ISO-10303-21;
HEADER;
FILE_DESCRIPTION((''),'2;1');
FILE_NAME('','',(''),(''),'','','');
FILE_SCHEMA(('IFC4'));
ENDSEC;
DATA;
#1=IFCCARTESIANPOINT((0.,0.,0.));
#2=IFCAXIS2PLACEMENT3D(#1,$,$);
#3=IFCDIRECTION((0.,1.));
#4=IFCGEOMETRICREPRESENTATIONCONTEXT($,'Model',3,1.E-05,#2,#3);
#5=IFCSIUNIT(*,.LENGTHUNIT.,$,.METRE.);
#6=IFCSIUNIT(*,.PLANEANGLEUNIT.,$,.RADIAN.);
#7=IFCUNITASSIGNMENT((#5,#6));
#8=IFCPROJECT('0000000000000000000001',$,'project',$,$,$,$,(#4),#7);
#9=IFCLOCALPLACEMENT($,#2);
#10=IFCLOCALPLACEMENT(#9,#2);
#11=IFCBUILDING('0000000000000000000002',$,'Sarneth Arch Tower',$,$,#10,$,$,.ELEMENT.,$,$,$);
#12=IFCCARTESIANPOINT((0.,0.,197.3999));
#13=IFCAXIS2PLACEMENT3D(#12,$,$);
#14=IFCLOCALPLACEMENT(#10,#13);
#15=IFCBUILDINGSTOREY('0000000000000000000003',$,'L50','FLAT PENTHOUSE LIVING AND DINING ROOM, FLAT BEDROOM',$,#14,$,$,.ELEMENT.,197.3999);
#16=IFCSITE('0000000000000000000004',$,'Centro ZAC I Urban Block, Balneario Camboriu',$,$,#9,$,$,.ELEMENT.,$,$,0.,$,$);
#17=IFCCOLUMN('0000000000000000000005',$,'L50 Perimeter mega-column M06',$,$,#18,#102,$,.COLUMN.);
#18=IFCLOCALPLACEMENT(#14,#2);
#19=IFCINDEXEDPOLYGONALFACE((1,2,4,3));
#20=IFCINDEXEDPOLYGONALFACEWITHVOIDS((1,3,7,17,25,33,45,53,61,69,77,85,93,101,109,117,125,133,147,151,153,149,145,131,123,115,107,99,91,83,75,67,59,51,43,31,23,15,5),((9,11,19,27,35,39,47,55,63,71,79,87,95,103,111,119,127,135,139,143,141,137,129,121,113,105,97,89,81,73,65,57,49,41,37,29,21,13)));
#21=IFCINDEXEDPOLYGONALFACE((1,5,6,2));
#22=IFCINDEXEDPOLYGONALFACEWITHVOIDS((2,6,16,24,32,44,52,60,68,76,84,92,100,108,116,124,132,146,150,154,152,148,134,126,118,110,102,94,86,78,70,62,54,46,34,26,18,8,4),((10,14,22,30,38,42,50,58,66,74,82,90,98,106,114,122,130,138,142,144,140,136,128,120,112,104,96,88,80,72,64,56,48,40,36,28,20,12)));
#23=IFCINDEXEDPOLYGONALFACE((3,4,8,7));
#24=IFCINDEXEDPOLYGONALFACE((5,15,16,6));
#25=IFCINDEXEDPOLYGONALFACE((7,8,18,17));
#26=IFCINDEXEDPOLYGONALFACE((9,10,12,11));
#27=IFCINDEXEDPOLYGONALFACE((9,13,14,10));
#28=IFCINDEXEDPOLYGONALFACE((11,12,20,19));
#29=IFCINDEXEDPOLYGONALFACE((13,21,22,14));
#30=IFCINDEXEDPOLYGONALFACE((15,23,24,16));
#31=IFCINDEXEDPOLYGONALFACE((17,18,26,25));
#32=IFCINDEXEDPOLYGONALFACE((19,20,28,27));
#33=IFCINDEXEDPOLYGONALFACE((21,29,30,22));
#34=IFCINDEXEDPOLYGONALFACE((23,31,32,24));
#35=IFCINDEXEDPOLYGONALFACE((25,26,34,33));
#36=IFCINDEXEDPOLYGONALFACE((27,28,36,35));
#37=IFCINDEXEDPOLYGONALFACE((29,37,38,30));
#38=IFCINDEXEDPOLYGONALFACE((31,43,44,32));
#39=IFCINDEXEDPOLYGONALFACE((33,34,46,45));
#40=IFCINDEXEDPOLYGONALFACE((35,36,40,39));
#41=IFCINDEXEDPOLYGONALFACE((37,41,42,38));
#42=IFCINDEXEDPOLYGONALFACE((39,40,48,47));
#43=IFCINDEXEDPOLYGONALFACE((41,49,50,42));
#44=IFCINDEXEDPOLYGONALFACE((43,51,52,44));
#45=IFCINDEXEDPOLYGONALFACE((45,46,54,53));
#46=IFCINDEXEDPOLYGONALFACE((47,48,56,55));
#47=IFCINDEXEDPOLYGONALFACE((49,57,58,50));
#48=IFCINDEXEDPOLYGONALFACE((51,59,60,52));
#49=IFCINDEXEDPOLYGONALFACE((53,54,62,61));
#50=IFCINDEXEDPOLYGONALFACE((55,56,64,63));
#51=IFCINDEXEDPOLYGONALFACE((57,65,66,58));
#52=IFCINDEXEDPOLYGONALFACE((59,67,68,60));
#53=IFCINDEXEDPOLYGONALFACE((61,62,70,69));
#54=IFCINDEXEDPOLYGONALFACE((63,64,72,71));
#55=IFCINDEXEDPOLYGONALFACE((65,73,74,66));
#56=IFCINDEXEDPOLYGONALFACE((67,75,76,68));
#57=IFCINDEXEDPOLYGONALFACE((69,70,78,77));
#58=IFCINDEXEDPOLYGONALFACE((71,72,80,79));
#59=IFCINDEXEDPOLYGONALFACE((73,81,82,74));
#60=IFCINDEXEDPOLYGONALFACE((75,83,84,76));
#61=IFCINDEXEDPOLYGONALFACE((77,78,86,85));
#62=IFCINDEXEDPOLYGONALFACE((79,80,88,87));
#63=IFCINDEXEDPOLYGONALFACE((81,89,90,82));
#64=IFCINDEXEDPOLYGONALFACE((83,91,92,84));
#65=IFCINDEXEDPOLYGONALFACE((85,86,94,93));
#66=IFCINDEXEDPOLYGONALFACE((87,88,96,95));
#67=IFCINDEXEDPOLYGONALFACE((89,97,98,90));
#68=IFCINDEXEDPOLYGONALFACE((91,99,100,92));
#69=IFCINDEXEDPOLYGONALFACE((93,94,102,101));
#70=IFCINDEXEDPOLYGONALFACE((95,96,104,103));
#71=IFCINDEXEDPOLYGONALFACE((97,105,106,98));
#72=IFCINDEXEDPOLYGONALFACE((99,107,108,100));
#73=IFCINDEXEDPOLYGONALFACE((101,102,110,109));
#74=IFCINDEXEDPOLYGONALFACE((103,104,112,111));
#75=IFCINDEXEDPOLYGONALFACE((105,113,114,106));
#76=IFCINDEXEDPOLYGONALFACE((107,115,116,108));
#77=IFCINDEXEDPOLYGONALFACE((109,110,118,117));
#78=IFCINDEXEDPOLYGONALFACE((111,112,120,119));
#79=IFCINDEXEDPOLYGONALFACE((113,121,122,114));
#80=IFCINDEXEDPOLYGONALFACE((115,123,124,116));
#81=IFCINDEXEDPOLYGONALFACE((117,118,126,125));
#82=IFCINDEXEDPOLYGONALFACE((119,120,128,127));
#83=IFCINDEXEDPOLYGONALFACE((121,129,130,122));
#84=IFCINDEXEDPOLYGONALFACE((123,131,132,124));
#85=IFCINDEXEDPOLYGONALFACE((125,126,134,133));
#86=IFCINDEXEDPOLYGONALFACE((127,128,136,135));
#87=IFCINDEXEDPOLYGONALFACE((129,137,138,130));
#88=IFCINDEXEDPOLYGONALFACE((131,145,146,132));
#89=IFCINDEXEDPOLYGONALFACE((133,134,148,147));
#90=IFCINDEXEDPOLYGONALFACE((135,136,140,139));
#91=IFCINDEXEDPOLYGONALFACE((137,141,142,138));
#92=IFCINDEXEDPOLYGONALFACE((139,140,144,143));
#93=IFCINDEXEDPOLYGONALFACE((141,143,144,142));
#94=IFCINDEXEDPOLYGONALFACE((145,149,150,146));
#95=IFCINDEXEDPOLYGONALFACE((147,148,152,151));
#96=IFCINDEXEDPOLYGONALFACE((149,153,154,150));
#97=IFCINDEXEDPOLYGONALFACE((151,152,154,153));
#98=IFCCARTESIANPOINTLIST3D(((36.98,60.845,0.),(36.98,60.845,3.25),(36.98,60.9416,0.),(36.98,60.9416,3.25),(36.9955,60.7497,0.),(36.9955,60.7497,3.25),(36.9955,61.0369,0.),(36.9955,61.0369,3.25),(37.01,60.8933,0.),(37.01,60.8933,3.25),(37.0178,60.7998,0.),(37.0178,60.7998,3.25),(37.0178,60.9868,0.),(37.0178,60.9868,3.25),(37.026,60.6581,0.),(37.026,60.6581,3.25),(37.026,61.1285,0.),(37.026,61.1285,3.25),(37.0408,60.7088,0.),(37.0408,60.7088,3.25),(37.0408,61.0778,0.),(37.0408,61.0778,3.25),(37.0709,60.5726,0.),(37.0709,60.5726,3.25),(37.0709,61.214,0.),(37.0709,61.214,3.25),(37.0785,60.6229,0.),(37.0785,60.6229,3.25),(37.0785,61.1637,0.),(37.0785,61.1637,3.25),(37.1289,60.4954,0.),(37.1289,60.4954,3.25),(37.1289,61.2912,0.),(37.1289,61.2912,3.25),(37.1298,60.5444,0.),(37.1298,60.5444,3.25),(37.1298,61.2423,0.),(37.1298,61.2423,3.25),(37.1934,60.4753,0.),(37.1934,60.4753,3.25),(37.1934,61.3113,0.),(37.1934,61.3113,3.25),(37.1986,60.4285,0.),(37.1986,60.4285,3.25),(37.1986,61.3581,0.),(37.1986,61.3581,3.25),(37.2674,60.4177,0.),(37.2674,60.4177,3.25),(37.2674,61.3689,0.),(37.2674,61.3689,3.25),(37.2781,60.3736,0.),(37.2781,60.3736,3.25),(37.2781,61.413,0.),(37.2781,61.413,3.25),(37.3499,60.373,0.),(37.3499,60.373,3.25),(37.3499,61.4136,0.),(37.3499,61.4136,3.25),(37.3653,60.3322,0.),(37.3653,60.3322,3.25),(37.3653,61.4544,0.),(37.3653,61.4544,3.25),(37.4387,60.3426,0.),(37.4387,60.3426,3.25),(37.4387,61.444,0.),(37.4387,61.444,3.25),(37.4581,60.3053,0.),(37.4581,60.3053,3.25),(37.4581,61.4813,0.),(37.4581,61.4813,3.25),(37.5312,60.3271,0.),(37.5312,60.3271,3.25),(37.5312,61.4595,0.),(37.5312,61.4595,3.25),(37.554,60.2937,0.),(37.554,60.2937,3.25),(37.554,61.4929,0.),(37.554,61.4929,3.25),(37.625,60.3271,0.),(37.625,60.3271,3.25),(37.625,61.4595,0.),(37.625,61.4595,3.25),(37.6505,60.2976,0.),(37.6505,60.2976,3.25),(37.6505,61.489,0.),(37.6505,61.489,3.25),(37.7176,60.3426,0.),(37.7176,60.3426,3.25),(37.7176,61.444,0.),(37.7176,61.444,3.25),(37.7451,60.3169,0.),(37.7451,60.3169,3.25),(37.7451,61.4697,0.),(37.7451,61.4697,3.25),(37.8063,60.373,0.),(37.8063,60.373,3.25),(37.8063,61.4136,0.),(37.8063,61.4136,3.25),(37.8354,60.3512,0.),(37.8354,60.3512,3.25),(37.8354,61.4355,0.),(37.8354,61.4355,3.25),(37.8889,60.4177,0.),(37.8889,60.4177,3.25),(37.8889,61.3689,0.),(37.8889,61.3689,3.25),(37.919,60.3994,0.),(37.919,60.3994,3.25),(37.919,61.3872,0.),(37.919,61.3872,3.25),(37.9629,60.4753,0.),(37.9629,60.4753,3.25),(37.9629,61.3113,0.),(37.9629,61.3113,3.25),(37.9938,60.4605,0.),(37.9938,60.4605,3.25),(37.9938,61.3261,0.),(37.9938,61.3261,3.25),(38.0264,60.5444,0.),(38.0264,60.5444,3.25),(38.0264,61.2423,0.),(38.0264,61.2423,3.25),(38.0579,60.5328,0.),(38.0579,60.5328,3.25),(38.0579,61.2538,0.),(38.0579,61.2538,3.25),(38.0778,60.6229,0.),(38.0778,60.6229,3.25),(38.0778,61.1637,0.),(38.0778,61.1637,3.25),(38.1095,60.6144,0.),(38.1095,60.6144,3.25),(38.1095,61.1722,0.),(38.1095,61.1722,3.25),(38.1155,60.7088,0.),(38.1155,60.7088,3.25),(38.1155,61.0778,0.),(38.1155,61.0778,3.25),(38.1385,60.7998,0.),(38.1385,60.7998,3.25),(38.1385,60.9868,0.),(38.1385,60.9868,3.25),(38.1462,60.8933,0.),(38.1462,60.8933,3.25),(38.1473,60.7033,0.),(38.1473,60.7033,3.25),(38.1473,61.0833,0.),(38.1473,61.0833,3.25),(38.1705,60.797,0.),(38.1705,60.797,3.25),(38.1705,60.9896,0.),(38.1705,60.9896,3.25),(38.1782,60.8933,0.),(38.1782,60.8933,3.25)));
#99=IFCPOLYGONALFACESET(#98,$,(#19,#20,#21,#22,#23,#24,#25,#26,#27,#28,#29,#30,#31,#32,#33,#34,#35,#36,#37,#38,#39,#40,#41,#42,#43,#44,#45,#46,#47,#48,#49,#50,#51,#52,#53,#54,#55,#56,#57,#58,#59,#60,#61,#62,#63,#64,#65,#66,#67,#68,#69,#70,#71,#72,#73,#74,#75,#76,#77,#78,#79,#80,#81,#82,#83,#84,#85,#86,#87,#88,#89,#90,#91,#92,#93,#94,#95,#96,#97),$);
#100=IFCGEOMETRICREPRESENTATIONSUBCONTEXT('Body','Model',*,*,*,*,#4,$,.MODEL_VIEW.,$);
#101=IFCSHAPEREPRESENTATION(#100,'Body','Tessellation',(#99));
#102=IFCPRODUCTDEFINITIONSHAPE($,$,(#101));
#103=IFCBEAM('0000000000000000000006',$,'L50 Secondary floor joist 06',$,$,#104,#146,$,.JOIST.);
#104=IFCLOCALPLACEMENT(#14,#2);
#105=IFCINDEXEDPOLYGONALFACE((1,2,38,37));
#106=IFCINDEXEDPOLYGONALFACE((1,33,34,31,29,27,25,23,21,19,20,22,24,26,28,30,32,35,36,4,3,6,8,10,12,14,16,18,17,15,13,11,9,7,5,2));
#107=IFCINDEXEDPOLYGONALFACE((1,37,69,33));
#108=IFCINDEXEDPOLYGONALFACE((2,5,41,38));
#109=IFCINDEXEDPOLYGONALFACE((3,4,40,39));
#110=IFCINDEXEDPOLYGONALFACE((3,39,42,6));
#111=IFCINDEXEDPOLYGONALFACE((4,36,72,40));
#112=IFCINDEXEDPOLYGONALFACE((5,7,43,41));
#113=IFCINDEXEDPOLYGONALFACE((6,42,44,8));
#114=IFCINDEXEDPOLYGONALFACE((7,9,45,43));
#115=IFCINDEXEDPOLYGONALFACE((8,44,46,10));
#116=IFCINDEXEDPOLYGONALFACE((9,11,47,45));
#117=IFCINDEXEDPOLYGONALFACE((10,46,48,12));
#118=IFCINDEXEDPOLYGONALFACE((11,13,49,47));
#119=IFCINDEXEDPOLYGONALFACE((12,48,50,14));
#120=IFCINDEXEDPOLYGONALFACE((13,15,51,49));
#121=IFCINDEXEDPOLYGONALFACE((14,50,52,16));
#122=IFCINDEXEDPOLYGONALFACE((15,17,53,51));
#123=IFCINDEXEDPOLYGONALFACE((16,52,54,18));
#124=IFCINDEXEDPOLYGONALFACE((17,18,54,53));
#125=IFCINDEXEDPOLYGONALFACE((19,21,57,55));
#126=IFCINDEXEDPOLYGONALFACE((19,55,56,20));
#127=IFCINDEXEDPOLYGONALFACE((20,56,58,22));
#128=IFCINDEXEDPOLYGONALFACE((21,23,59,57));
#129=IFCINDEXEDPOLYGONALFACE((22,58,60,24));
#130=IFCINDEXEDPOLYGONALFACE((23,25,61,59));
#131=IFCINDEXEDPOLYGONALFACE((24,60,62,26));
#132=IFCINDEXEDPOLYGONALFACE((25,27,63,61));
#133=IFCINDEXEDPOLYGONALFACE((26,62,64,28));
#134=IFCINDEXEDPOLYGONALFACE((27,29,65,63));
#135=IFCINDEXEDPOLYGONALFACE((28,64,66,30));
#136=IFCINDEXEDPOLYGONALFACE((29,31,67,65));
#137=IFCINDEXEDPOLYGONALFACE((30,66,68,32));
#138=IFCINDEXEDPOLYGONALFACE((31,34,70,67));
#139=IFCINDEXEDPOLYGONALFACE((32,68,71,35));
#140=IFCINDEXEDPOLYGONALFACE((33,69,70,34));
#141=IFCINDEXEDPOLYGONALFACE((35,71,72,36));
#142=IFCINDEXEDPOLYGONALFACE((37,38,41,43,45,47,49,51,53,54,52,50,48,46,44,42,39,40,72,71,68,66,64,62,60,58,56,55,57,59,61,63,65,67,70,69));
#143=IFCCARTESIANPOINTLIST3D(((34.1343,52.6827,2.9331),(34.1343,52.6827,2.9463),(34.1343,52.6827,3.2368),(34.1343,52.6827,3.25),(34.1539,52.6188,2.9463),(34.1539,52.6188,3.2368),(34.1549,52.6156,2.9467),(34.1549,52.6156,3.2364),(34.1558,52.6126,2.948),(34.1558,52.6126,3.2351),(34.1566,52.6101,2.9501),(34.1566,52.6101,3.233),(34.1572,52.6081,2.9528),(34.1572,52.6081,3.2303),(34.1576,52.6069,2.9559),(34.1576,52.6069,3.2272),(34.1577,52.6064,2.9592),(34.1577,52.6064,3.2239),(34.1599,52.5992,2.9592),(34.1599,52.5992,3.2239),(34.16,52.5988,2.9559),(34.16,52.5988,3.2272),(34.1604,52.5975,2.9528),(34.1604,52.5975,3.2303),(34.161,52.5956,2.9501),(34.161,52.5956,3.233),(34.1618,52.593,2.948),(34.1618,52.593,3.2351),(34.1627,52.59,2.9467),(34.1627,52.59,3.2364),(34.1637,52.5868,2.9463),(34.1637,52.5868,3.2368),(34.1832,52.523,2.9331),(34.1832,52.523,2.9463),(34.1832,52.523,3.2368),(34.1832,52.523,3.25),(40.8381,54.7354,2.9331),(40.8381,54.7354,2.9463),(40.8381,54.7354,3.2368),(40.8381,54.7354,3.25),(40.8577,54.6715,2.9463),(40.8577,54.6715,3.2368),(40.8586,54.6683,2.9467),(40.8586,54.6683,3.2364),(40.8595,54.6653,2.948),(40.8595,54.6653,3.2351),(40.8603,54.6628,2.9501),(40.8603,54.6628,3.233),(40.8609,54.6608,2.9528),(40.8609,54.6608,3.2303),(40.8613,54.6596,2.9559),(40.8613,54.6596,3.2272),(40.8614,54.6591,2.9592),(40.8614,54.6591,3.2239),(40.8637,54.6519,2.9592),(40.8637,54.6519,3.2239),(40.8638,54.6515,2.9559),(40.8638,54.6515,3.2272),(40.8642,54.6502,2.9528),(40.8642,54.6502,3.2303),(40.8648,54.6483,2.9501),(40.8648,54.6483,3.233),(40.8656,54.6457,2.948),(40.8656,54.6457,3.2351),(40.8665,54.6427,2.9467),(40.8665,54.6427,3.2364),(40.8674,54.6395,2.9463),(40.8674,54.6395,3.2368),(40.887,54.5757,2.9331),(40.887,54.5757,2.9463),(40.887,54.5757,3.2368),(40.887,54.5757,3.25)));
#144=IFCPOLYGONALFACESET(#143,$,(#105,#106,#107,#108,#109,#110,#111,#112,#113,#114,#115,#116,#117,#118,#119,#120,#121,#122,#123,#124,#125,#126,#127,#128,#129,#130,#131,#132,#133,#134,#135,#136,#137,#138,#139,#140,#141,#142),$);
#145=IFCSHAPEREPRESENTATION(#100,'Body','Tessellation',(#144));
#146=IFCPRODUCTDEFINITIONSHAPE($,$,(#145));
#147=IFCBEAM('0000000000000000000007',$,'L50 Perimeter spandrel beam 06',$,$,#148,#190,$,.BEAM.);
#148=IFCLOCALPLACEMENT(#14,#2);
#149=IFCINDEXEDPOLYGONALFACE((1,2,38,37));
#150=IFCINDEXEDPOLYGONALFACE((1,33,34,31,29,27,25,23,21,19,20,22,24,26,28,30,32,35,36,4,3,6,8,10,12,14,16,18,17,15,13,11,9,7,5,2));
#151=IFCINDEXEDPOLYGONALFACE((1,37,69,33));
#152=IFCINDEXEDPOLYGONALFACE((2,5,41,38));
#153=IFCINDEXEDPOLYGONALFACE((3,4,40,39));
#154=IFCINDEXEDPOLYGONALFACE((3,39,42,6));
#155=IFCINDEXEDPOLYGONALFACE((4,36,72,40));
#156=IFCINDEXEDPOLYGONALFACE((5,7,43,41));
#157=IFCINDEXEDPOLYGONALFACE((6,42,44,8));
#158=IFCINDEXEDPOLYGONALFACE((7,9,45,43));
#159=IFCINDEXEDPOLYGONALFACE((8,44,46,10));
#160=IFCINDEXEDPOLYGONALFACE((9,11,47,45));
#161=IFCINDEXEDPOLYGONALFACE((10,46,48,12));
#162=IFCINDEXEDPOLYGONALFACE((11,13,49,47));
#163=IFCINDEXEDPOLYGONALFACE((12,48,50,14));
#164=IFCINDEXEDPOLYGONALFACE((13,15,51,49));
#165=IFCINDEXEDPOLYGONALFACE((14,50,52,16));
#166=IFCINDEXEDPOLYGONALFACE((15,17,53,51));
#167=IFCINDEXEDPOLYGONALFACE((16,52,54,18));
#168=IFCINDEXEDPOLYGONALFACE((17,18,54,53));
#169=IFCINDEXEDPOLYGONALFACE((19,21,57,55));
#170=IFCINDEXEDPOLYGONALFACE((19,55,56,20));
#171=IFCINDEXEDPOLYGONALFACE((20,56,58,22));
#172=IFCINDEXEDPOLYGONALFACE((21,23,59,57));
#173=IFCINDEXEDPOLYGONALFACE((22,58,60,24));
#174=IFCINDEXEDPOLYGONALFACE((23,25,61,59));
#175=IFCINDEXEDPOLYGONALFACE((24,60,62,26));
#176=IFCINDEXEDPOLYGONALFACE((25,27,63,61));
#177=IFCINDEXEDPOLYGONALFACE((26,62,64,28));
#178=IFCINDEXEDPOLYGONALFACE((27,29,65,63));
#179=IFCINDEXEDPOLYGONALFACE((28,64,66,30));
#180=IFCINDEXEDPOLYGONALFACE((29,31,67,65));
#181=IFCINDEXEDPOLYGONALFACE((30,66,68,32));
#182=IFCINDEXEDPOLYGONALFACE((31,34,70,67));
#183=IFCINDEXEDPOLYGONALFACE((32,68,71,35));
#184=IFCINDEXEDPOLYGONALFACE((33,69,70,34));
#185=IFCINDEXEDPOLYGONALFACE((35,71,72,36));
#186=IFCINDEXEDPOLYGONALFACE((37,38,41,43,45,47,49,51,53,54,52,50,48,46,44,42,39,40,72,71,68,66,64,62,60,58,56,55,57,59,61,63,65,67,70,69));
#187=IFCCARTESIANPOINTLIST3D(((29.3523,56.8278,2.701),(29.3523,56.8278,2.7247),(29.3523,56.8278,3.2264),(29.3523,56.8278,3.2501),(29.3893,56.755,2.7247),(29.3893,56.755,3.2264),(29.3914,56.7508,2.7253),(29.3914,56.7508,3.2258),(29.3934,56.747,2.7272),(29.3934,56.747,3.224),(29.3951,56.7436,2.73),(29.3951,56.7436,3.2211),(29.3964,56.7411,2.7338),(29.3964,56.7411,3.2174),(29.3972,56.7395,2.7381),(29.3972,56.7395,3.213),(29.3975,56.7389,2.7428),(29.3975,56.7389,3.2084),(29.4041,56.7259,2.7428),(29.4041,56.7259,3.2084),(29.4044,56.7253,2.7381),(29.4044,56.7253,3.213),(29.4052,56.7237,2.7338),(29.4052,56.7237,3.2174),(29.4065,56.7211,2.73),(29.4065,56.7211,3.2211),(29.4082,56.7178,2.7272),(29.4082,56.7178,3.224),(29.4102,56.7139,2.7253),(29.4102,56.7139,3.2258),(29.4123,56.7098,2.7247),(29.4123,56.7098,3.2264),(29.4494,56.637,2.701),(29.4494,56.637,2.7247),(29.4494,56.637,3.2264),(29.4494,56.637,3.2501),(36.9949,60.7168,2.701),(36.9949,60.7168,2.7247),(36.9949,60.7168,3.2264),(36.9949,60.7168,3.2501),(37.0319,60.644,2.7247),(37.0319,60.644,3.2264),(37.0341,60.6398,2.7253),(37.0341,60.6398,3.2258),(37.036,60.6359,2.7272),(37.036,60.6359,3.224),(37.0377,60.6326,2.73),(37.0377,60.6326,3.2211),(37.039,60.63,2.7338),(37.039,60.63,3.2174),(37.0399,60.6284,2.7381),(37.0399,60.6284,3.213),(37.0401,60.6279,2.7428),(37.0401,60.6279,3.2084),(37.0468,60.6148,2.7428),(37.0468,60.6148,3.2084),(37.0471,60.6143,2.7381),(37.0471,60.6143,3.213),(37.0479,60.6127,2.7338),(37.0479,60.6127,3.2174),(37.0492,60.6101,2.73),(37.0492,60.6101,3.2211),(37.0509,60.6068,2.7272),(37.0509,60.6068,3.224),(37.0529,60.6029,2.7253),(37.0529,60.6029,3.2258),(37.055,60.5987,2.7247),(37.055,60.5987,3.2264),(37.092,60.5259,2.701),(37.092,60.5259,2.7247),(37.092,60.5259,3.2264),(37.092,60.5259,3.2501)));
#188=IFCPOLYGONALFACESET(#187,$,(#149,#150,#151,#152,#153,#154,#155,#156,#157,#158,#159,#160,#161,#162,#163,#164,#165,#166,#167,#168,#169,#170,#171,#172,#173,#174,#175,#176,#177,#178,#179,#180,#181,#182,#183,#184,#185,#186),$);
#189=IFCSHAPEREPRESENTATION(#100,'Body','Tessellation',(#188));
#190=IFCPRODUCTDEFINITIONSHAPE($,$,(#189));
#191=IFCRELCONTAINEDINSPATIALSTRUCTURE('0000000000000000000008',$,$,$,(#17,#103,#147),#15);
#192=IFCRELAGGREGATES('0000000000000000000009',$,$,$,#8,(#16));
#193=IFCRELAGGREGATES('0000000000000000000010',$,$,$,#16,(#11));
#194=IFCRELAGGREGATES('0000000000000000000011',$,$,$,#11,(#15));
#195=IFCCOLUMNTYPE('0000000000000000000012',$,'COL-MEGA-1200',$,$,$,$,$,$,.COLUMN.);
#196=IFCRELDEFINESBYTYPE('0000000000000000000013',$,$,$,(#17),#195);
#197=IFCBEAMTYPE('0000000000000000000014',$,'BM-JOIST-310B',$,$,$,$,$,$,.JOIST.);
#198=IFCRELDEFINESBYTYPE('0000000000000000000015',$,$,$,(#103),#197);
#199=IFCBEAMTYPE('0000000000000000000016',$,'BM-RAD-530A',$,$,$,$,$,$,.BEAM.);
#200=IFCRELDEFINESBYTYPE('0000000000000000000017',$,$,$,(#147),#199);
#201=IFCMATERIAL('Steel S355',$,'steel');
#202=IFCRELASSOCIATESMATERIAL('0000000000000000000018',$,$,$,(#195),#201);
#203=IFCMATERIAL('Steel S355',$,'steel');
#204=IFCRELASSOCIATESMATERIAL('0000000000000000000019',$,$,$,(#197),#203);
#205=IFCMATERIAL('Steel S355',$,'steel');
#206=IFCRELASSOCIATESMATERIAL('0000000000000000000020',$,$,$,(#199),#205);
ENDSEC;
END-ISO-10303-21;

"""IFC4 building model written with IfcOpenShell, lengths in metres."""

from ifc_helpers import new_model, si_unit, direction, frame, origin, origin_2d, place, context, subcontext, project, spatial, hollow_circle, i_section, extrude, material, material_profile, profile_set, type_object, element, save


model = new_model("IFC4")

# Units and contexts
model_context = context("Model", 3, precision=1e-05, world=origin(), true_north=direction((0.0, 1.0)))
body_context = subcontext(model_context, "Body", "Model", "MODEL_VIEW")
ifc_project = project(units=[si_unit("LENGTHUNIT", "METRE"), si_unit("PLANEANGLEUNIT", "RADIAN")], contexts=[model_context])

# Site, building, storey
site_placement = place(None, origin())
site = spatial("IfcSite", under=ifc_project, at=site_placement, Name="Centro ZAC I Urban Block, Balneario Camboriu", CompositionType="ELEMENT", RefElevation=0.0)
building_placement = place(site_placement, origin())
building = spatial("IfcBuilding", under=site, at=building_placement, Name="Sarneth Arch Tower", CompositionType="ELEMENT")
storey_placement = place(building_placement, frame((0.0, 0.0, 197.3999)))
storey = spatial("IfcBuildingStorey", under=building, at=storey_placement, Name="L50", Description="FLAT PENTHOUSE LIVING AND DINING ROOM, FLAT BEDROOM", CompositionType="ELEMENT", Elevation=197.3999)

# Column
ifc_material_1 = material(Name="Steel S355", Category="steel")
ifc_material_profile_1 = material_profile(ifc_material_1, hollow_circle(Radius=0.6001, WallThickness=0.032, at=origin_2d()), Name="CHS1200x32")
ifc_profile_set_1 = profile_set([ifc_material_profile_1], Name="Steel S355")
column_type = type_object("IfcColumnType", Name="COL-MEGA-1200", PredefinedType="COLUMN", material=ifc_profile_set_1)
column_placement = place(storey_placement, frame((37.5781, 60.8933, 0.0), z_axis=(0.0, 0.0, 1.0), x_axis=(1.0, 0.0, 0.0)))
element("IfcColumn", 1, at=column_placement, inside=storey, type_object=column_type, Name="L50 Perimeter mega-column M06", PredefinedType="COLUMN", context=body_context, shape_type="SweptSolid", body=[
    extrude(hollow_circle(Radius=0.6001, WallThickness=0.032, at=origin_2d()), origin(), (0.0, 0.0, 1.0), 3.25),
])

# Beams
ifc_material_2 = material(Name="Steel S355", Category="steel")
ifc_material_profile_2 = material_profile(ifc_material_2, i_section(OverallWidth=0.167, OverallDepth=0.3169, WebThickness=0.0076, FlangeThickness=0.0132, FilletRadius=0.0129, at=origin_2d()), Name="W310x52")
ifc_profile_set_2 = profile_set([ifc_material_profile_2], Name="Steel S355")
beam_type_1 = type_object("IfcBeamType", Name="BM-JOIST-310B", PredefinedType="JOIST", material=ifc_profile_set_2)
beam_1_placement = place(storey_placement, frame((40.8625, 54.6555, 3.0916), z_axis=(-0.956179, -0.292784, 0.0), x_axis=(0.292784, -0.956179, 0.0)))
element("IfcBeam", 2, at=beam_1_placement, inside=storey, type_object=beam_type_1, Name="L50 Secondary floor joist 06", PredefinedType="JOIST", context=body_context, shape_type="SweptSolid", body=[
    extrude(i_section(OverallWidth=0.167, OverallDepth=0.3169, WebThickness=0.0076, FlangeThickness=0.0132, FilletRadius=0.0129, at=origin_2d()), origin(), (0.0, 0.0, 1.0), 7.011),
])
ifc_material_3 = material(Name="Steel S355", Category="steel")
ifc_material_profile_3 = material_profile(ifc_material_3, i_section(OverallWidth=0.2141, OverallDepth=0.5491, WebThickness=0.0146, FlangeThickness=0.0237, FilletRadius=0.0181, at=origin_2d()), Name="W530x138")
ifc_profile_set_3 = profile_set([ifc_material_profile_3], Name="Steel S355")
beam_type_2 = type_object("IfcBeamType", Name="BM-RAD-530A", PredefinedType="BEAM", material=ifc_profile_set_3)
beam_2_placement = place(storey_placement, frame((37.0435, 60.6213, 2.9756), z_axis=(-0.89125, -0.453512, 0.0), x_axis=(0.453512, -0.89125, 0.0)))
element("IfcBeam", 3, at=beam_2_placement, inside=storey, type_object=beam_type_2, Name="L50 Perimeter spandrel beam 06", PredefinedType="BEAM", context=body_context, shape_type="SweptSolid", body=[
    extrude(i_section(OverallWidth=0.2141, OverallDepth=0.5491, WebThickness=0.0146, FlangeThickness=0.0237, FilletRadius=0.0181, at=origin_2d()), origin(), (0.0, 0.0, 1.0), 8.5752),
])

save(model, "model.ifc")
